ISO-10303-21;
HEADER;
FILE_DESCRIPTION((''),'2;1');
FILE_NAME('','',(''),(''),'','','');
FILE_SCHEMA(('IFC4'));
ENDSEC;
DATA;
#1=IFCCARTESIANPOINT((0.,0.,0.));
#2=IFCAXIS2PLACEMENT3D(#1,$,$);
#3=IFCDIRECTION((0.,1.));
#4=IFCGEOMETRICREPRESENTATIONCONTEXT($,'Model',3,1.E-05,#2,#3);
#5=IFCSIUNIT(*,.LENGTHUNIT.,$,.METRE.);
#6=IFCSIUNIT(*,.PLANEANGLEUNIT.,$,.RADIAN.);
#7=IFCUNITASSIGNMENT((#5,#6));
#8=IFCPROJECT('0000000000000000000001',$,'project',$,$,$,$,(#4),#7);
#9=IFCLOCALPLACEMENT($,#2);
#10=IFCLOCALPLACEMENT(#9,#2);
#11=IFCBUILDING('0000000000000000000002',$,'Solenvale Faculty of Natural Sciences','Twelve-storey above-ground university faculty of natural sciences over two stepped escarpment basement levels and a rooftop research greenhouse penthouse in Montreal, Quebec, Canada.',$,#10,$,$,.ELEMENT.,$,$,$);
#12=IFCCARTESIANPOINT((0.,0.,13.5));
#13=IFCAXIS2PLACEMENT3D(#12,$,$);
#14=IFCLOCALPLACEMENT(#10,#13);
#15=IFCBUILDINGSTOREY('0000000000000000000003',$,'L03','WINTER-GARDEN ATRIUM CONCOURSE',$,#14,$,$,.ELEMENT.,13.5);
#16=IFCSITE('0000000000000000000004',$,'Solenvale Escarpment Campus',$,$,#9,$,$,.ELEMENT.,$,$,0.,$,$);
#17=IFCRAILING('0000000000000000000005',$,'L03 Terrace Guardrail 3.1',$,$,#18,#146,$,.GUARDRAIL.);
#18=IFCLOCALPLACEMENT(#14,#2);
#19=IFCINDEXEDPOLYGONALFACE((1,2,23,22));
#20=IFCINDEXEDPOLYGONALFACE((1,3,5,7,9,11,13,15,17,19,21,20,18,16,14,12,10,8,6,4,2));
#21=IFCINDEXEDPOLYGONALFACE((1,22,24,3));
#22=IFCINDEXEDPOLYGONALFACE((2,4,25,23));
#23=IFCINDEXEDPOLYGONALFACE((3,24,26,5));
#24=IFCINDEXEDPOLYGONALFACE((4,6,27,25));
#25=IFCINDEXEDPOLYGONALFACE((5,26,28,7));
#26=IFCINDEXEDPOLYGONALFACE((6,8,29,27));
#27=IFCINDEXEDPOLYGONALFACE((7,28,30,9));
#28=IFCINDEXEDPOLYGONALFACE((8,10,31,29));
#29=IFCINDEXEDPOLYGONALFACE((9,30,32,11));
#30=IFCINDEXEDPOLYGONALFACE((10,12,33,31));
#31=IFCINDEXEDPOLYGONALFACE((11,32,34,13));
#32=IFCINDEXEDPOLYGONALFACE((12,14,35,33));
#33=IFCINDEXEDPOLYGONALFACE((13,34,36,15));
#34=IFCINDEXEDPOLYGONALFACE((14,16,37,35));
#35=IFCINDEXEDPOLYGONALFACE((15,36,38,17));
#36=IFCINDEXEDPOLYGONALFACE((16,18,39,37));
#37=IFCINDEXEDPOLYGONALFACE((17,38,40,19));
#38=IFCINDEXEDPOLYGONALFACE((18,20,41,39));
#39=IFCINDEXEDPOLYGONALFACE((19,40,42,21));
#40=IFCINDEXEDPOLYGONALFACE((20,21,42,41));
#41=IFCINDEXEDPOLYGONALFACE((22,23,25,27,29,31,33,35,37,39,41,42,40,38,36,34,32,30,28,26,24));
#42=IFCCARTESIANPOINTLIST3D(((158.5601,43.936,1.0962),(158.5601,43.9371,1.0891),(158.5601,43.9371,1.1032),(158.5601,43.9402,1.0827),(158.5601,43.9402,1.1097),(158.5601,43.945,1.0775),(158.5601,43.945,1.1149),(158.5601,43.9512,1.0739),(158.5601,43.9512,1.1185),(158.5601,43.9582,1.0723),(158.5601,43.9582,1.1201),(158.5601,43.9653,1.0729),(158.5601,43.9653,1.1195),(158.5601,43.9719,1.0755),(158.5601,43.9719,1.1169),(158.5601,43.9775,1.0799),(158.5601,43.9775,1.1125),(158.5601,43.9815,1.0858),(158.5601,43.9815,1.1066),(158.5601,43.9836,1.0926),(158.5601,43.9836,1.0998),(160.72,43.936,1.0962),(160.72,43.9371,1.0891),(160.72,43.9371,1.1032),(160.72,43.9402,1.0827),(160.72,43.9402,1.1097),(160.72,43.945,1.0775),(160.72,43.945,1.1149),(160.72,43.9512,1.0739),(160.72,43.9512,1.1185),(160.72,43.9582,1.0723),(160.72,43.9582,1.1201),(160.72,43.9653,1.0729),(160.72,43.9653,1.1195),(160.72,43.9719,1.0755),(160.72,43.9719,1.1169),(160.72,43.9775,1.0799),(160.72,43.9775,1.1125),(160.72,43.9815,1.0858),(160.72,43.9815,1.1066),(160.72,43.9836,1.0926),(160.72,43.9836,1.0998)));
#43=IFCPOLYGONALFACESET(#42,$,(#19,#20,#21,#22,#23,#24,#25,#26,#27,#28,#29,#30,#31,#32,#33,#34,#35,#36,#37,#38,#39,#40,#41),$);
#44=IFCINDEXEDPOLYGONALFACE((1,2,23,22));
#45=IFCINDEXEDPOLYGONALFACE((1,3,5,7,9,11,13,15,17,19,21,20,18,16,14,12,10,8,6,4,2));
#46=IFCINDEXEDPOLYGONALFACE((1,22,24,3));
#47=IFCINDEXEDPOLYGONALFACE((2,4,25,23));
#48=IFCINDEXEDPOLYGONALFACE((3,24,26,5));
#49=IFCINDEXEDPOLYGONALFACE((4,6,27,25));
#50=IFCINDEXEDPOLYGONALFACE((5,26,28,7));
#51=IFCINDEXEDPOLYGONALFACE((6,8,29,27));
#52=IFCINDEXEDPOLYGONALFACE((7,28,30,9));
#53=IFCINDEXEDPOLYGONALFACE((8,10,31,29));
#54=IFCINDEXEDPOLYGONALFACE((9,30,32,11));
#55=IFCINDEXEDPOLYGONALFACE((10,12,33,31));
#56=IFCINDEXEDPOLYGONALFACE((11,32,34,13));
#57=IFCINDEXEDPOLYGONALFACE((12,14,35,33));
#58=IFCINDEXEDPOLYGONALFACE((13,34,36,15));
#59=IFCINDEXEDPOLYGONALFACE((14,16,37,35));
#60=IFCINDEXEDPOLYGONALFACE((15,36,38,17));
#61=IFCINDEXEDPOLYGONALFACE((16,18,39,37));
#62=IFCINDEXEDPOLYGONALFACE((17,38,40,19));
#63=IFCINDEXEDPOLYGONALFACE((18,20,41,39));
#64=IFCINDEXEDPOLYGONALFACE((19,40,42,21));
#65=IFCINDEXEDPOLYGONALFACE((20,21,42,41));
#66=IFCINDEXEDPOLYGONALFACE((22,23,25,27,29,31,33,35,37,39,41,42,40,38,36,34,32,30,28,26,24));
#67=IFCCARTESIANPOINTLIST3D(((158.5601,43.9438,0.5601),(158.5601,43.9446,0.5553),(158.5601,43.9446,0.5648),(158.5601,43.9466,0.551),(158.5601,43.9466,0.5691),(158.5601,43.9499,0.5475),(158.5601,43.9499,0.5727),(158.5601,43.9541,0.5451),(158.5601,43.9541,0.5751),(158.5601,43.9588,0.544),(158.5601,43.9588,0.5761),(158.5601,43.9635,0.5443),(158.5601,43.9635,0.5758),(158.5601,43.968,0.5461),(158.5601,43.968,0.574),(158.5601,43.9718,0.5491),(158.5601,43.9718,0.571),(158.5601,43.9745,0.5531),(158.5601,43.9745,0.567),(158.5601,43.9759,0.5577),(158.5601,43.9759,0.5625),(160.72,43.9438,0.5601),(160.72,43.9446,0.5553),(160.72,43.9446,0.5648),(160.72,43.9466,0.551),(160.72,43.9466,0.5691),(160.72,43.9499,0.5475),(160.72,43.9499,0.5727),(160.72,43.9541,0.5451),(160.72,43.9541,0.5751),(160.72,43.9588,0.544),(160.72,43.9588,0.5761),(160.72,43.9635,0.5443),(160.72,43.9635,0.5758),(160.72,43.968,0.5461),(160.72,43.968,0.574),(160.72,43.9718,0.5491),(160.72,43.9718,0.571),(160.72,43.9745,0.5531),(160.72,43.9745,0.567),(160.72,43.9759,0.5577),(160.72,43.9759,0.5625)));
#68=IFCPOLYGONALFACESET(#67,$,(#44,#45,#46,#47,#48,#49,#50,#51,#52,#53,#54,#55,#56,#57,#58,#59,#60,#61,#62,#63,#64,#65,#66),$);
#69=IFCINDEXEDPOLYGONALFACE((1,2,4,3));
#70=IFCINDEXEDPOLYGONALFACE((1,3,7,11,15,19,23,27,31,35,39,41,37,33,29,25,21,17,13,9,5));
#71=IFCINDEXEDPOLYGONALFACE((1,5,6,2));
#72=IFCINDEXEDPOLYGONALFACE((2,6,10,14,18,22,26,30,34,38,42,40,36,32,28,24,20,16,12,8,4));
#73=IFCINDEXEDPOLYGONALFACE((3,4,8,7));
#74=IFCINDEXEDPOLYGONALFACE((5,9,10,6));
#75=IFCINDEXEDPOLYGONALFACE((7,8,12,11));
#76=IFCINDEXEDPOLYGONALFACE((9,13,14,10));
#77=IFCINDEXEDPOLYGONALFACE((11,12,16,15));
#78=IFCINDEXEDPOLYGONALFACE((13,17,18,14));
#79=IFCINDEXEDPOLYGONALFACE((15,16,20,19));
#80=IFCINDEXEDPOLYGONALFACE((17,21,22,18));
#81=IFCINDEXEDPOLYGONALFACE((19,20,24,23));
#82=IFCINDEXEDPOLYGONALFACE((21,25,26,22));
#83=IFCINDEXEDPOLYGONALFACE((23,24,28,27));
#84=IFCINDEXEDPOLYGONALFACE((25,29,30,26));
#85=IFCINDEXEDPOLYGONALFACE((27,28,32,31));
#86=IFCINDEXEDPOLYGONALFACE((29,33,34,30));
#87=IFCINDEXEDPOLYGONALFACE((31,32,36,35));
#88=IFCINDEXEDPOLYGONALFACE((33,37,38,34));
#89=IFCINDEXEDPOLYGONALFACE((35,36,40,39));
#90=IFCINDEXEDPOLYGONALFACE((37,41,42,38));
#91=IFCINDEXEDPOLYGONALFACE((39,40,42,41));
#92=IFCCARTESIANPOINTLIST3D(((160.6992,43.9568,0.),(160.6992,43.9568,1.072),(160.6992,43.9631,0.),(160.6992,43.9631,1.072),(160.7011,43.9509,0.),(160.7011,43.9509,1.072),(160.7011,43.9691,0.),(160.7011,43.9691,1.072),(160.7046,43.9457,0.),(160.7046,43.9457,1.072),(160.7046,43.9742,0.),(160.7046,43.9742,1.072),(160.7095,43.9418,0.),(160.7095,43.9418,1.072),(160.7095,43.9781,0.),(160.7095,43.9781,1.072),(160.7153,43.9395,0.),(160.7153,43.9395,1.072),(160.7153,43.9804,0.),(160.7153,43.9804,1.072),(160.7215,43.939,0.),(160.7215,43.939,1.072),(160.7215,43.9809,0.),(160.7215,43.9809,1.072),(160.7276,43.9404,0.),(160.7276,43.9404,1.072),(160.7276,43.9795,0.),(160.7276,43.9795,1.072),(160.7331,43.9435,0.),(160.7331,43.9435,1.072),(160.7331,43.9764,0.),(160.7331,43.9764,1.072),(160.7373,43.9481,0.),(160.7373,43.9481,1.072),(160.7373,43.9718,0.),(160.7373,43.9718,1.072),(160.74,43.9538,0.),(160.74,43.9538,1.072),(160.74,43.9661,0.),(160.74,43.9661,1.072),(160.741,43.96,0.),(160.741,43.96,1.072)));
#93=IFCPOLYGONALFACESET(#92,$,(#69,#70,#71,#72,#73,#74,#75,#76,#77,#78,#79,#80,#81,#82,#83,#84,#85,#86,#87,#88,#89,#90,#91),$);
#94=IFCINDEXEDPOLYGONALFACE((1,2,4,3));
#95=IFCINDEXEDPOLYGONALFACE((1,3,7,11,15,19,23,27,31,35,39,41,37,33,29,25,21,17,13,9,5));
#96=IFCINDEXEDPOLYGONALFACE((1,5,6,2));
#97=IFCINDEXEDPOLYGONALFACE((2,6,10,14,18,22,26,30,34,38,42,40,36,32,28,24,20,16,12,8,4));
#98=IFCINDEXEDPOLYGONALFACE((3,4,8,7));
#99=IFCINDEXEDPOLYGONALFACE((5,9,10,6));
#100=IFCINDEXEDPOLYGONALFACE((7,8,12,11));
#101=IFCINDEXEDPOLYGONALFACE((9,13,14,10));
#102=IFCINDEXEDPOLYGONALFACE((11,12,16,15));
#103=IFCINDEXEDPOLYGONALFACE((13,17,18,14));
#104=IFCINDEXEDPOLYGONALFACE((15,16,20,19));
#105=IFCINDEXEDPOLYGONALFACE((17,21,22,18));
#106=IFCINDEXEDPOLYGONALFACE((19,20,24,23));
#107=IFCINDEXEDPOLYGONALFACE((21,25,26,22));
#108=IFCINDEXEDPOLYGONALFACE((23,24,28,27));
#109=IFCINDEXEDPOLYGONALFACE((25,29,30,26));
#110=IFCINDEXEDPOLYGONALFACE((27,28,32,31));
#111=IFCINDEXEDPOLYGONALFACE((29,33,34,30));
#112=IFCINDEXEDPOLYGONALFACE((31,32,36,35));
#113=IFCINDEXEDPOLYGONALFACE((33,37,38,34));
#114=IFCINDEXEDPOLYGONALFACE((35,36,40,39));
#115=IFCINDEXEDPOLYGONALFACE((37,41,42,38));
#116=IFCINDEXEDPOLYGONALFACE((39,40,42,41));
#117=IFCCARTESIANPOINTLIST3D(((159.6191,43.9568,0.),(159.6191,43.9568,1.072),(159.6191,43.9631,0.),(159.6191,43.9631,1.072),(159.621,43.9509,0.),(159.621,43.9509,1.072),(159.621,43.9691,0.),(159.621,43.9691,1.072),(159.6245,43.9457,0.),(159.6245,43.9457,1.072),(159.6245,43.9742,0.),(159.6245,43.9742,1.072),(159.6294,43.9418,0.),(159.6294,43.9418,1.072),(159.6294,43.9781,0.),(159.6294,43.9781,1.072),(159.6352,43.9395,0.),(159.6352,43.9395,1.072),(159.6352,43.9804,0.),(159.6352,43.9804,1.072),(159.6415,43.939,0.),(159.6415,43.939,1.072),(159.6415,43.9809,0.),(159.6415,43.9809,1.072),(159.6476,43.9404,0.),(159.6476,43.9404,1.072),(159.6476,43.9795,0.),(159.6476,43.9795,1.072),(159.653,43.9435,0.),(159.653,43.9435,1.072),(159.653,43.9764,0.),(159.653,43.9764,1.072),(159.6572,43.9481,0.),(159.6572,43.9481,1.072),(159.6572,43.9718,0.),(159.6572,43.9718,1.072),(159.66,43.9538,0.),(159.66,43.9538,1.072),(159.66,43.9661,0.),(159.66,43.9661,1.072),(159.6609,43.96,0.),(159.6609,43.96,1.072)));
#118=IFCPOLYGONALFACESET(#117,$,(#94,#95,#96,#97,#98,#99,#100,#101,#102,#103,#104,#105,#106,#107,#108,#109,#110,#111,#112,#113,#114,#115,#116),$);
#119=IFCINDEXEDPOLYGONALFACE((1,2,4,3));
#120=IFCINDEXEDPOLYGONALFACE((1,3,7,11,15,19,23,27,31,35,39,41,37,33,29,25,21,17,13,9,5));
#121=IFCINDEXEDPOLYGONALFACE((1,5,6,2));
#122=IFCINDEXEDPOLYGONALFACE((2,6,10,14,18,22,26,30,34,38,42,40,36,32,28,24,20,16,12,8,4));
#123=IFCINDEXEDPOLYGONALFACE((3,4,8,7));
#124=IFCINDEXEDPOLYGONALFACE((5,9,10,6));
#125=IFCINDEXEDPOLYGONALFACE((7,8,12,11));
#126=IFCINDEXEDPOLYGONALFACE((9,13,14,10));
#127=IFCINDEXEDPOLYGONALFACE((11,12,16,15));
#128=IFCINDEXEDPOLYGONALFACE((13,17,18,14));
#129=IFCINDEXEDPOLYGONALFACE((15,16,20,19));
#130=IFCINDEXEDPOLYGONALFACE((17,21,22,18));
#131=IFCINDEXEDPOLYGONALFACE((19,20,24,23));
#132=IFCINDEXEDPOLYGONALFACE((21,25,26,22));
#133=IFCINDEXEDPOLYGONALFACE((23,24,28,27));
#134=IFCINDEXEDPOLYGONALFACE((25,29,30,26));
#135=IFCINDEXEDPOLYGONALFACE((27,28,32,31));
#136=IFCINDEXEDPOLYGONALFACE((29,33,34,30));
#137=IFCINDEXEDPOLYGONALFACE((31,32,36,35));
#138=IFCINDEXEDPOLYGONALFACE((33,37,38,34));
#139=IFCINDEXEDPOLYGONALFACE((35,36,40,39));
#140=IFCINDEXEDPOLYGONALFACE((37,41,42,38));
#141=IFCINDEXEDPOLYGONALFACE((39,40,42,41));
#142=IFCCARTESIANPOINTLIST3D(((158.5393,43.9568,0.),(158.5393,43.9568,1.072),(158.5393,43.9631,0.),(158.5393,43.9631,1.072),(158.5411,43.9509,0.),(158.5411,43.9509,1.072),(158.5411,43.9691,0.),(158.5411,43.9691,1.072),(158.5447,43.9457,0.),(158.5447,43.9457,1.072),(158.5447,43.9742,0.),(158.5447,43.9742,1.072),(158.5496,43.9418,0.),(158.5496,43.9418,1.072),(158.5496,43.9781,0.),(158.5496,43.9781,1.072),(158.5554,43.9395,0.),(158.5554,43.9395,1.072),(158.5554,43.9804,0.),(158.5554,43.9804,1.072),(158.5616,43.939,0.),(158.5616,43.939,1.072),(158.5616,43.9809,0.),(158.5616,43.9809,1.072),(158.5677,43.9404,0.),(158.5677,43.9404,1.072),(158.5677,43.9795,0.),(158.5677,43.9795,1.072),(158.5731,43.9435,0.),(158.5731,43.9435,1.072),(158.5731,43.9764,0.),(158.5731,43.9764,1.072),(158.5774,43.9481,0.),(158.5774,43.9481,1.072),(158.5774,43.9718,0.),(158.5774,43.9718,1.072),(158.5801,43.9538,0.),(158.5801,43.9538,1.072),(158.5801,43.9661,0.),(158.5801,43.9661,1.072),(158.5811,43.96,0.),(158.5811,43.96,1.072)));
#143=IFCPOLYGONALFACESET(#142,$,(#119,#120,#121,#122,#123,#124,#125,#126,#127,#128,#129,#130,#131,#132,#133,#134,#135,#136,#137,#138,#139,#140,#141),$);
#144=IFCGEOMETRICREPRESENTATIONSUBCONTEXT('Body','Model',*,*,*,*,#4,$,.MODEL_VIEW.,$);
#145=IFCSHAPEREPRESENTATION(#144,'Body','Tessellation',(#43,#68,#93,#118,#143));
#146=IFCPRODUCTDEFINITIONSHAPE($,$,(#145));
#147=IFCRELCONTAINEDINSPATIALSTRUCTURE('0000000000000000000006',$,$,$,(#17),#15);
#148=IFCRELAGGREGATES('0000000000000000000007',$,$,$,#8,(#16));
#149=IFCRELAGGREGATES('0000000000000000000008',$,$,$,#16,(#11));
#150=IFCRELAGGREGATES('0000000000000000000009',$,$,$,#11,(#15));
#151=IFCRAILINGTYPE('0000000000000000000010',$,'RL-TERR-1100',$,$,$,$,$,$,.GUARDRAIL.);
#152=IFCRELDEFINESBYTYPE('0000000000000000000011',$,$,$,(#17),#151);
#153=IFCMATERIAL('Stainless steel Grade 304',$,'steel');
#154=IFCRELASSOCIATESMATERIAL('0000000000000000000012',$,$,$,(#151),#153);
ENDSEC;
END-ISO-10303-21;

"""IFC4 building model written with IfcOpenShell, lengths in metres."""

from ifc_helpers import new_model, si_unit, direction, frame, origin, origin_2d, place, context, subcontext, project, spatial, circle, extrude, material, type_object, element, save


model = new_model("IFC4")

# Units and contexts
model_context = context("Model", 3, precision=1e-05, world=origin(), true_north=direction((0.0, 1.0)))
body_context = subcontext(model_context, "Body", "Model", "MODEL_VIEW")
ifc_project = project(units=[si_unit("LENGTHUNIT", "METRE"), si_unit("PLANEANGLEUNIT", "RADIAN")], contexts=[model_context])

# Site, building, storey
site_placement = place(None, origin())
site = spatial("IfcSite", under=ifc_project, at=site_placement, Name="Solenvale Escarpment Campus", CompositionType="ELEMENT", RefElevation=0.0)
building_placement = place(site_placement, origin())
building = spatial("IfcBuilding", under=site, at=building_placement, Name="Solenvale Faculty of Natural Sciences", Description="Twelve-storey above-ground university faculty of natural sciences over two stepped escarpment basement levels and a rooftop research greenhouse penthouse in Montreal, Quebec, Canada.", CompositionType="ELEMENT")
storey_placement = place(building_placement, frame((0.0, 0.0, 13.5)))
storey = spatial("IfcBuildingStorey", under=building, at=storey_placement, Name="L03", Description="WINTER-GARDEN ATRIUM CONCOURSE", CompositionType="ELEMENT", Elevation=13.5)

# Railing
ifc_material_1 = material(Name="Stainless steel Grade 304", Category="steel")
railing_type = type_object("IfcRailingType", Name="RL-TERR-1100", PredefinedType="GUARDRAIL", material=ifc_material_1)
railing_1_placement = place(storey_placement, frame((160.72, 43.96, 0.0)))
element("IfcRailing", 1, at=railing_1_placement, inside=storey, type_object=railing_type, Name="L03 Terrace Guardrail 3.1", PredefinedType="GUARDRAIL", context=body_context, shape_type="SweptSolid", body=[
    extrude(circle(Radius=0.0239, at=origin_2d()), frame((0.0, 0.0, 1.0962), z_axis=(-1.0, 0.0, 0.0), x_axis=(0.0, -1.0, 0.0)), (0.0, 0.0, 1.0), 2.1599),
    extrude(circle(Radius=0.0161, at=origin_2d()), frame((0.0, 0.0, 0.5601), z_axis=(-1.0, 0.0, 0.0), x_axis=(0.0, -1.0, 0.0)), (0.0, 0.0, 1.0), 2.1599),
    extrude(circle(Radius=0.021, at=origin_2d()), origin(), (0.0, 0.0, 1.0), 1.072),
    extrude(circle(Radius=0.021, at=origin_2d()), frame((-1.0801, 0.0, 0.0)), (0.0, 0.0, 1.0), 1.072),
    extrude(circle(Radius=0.021, at=origin_2d()), frame((-2.1599, 0.0, 0.0)), (0.0, 0.0, 1.0), 1.072),
])

save(model, "model.ifc")
